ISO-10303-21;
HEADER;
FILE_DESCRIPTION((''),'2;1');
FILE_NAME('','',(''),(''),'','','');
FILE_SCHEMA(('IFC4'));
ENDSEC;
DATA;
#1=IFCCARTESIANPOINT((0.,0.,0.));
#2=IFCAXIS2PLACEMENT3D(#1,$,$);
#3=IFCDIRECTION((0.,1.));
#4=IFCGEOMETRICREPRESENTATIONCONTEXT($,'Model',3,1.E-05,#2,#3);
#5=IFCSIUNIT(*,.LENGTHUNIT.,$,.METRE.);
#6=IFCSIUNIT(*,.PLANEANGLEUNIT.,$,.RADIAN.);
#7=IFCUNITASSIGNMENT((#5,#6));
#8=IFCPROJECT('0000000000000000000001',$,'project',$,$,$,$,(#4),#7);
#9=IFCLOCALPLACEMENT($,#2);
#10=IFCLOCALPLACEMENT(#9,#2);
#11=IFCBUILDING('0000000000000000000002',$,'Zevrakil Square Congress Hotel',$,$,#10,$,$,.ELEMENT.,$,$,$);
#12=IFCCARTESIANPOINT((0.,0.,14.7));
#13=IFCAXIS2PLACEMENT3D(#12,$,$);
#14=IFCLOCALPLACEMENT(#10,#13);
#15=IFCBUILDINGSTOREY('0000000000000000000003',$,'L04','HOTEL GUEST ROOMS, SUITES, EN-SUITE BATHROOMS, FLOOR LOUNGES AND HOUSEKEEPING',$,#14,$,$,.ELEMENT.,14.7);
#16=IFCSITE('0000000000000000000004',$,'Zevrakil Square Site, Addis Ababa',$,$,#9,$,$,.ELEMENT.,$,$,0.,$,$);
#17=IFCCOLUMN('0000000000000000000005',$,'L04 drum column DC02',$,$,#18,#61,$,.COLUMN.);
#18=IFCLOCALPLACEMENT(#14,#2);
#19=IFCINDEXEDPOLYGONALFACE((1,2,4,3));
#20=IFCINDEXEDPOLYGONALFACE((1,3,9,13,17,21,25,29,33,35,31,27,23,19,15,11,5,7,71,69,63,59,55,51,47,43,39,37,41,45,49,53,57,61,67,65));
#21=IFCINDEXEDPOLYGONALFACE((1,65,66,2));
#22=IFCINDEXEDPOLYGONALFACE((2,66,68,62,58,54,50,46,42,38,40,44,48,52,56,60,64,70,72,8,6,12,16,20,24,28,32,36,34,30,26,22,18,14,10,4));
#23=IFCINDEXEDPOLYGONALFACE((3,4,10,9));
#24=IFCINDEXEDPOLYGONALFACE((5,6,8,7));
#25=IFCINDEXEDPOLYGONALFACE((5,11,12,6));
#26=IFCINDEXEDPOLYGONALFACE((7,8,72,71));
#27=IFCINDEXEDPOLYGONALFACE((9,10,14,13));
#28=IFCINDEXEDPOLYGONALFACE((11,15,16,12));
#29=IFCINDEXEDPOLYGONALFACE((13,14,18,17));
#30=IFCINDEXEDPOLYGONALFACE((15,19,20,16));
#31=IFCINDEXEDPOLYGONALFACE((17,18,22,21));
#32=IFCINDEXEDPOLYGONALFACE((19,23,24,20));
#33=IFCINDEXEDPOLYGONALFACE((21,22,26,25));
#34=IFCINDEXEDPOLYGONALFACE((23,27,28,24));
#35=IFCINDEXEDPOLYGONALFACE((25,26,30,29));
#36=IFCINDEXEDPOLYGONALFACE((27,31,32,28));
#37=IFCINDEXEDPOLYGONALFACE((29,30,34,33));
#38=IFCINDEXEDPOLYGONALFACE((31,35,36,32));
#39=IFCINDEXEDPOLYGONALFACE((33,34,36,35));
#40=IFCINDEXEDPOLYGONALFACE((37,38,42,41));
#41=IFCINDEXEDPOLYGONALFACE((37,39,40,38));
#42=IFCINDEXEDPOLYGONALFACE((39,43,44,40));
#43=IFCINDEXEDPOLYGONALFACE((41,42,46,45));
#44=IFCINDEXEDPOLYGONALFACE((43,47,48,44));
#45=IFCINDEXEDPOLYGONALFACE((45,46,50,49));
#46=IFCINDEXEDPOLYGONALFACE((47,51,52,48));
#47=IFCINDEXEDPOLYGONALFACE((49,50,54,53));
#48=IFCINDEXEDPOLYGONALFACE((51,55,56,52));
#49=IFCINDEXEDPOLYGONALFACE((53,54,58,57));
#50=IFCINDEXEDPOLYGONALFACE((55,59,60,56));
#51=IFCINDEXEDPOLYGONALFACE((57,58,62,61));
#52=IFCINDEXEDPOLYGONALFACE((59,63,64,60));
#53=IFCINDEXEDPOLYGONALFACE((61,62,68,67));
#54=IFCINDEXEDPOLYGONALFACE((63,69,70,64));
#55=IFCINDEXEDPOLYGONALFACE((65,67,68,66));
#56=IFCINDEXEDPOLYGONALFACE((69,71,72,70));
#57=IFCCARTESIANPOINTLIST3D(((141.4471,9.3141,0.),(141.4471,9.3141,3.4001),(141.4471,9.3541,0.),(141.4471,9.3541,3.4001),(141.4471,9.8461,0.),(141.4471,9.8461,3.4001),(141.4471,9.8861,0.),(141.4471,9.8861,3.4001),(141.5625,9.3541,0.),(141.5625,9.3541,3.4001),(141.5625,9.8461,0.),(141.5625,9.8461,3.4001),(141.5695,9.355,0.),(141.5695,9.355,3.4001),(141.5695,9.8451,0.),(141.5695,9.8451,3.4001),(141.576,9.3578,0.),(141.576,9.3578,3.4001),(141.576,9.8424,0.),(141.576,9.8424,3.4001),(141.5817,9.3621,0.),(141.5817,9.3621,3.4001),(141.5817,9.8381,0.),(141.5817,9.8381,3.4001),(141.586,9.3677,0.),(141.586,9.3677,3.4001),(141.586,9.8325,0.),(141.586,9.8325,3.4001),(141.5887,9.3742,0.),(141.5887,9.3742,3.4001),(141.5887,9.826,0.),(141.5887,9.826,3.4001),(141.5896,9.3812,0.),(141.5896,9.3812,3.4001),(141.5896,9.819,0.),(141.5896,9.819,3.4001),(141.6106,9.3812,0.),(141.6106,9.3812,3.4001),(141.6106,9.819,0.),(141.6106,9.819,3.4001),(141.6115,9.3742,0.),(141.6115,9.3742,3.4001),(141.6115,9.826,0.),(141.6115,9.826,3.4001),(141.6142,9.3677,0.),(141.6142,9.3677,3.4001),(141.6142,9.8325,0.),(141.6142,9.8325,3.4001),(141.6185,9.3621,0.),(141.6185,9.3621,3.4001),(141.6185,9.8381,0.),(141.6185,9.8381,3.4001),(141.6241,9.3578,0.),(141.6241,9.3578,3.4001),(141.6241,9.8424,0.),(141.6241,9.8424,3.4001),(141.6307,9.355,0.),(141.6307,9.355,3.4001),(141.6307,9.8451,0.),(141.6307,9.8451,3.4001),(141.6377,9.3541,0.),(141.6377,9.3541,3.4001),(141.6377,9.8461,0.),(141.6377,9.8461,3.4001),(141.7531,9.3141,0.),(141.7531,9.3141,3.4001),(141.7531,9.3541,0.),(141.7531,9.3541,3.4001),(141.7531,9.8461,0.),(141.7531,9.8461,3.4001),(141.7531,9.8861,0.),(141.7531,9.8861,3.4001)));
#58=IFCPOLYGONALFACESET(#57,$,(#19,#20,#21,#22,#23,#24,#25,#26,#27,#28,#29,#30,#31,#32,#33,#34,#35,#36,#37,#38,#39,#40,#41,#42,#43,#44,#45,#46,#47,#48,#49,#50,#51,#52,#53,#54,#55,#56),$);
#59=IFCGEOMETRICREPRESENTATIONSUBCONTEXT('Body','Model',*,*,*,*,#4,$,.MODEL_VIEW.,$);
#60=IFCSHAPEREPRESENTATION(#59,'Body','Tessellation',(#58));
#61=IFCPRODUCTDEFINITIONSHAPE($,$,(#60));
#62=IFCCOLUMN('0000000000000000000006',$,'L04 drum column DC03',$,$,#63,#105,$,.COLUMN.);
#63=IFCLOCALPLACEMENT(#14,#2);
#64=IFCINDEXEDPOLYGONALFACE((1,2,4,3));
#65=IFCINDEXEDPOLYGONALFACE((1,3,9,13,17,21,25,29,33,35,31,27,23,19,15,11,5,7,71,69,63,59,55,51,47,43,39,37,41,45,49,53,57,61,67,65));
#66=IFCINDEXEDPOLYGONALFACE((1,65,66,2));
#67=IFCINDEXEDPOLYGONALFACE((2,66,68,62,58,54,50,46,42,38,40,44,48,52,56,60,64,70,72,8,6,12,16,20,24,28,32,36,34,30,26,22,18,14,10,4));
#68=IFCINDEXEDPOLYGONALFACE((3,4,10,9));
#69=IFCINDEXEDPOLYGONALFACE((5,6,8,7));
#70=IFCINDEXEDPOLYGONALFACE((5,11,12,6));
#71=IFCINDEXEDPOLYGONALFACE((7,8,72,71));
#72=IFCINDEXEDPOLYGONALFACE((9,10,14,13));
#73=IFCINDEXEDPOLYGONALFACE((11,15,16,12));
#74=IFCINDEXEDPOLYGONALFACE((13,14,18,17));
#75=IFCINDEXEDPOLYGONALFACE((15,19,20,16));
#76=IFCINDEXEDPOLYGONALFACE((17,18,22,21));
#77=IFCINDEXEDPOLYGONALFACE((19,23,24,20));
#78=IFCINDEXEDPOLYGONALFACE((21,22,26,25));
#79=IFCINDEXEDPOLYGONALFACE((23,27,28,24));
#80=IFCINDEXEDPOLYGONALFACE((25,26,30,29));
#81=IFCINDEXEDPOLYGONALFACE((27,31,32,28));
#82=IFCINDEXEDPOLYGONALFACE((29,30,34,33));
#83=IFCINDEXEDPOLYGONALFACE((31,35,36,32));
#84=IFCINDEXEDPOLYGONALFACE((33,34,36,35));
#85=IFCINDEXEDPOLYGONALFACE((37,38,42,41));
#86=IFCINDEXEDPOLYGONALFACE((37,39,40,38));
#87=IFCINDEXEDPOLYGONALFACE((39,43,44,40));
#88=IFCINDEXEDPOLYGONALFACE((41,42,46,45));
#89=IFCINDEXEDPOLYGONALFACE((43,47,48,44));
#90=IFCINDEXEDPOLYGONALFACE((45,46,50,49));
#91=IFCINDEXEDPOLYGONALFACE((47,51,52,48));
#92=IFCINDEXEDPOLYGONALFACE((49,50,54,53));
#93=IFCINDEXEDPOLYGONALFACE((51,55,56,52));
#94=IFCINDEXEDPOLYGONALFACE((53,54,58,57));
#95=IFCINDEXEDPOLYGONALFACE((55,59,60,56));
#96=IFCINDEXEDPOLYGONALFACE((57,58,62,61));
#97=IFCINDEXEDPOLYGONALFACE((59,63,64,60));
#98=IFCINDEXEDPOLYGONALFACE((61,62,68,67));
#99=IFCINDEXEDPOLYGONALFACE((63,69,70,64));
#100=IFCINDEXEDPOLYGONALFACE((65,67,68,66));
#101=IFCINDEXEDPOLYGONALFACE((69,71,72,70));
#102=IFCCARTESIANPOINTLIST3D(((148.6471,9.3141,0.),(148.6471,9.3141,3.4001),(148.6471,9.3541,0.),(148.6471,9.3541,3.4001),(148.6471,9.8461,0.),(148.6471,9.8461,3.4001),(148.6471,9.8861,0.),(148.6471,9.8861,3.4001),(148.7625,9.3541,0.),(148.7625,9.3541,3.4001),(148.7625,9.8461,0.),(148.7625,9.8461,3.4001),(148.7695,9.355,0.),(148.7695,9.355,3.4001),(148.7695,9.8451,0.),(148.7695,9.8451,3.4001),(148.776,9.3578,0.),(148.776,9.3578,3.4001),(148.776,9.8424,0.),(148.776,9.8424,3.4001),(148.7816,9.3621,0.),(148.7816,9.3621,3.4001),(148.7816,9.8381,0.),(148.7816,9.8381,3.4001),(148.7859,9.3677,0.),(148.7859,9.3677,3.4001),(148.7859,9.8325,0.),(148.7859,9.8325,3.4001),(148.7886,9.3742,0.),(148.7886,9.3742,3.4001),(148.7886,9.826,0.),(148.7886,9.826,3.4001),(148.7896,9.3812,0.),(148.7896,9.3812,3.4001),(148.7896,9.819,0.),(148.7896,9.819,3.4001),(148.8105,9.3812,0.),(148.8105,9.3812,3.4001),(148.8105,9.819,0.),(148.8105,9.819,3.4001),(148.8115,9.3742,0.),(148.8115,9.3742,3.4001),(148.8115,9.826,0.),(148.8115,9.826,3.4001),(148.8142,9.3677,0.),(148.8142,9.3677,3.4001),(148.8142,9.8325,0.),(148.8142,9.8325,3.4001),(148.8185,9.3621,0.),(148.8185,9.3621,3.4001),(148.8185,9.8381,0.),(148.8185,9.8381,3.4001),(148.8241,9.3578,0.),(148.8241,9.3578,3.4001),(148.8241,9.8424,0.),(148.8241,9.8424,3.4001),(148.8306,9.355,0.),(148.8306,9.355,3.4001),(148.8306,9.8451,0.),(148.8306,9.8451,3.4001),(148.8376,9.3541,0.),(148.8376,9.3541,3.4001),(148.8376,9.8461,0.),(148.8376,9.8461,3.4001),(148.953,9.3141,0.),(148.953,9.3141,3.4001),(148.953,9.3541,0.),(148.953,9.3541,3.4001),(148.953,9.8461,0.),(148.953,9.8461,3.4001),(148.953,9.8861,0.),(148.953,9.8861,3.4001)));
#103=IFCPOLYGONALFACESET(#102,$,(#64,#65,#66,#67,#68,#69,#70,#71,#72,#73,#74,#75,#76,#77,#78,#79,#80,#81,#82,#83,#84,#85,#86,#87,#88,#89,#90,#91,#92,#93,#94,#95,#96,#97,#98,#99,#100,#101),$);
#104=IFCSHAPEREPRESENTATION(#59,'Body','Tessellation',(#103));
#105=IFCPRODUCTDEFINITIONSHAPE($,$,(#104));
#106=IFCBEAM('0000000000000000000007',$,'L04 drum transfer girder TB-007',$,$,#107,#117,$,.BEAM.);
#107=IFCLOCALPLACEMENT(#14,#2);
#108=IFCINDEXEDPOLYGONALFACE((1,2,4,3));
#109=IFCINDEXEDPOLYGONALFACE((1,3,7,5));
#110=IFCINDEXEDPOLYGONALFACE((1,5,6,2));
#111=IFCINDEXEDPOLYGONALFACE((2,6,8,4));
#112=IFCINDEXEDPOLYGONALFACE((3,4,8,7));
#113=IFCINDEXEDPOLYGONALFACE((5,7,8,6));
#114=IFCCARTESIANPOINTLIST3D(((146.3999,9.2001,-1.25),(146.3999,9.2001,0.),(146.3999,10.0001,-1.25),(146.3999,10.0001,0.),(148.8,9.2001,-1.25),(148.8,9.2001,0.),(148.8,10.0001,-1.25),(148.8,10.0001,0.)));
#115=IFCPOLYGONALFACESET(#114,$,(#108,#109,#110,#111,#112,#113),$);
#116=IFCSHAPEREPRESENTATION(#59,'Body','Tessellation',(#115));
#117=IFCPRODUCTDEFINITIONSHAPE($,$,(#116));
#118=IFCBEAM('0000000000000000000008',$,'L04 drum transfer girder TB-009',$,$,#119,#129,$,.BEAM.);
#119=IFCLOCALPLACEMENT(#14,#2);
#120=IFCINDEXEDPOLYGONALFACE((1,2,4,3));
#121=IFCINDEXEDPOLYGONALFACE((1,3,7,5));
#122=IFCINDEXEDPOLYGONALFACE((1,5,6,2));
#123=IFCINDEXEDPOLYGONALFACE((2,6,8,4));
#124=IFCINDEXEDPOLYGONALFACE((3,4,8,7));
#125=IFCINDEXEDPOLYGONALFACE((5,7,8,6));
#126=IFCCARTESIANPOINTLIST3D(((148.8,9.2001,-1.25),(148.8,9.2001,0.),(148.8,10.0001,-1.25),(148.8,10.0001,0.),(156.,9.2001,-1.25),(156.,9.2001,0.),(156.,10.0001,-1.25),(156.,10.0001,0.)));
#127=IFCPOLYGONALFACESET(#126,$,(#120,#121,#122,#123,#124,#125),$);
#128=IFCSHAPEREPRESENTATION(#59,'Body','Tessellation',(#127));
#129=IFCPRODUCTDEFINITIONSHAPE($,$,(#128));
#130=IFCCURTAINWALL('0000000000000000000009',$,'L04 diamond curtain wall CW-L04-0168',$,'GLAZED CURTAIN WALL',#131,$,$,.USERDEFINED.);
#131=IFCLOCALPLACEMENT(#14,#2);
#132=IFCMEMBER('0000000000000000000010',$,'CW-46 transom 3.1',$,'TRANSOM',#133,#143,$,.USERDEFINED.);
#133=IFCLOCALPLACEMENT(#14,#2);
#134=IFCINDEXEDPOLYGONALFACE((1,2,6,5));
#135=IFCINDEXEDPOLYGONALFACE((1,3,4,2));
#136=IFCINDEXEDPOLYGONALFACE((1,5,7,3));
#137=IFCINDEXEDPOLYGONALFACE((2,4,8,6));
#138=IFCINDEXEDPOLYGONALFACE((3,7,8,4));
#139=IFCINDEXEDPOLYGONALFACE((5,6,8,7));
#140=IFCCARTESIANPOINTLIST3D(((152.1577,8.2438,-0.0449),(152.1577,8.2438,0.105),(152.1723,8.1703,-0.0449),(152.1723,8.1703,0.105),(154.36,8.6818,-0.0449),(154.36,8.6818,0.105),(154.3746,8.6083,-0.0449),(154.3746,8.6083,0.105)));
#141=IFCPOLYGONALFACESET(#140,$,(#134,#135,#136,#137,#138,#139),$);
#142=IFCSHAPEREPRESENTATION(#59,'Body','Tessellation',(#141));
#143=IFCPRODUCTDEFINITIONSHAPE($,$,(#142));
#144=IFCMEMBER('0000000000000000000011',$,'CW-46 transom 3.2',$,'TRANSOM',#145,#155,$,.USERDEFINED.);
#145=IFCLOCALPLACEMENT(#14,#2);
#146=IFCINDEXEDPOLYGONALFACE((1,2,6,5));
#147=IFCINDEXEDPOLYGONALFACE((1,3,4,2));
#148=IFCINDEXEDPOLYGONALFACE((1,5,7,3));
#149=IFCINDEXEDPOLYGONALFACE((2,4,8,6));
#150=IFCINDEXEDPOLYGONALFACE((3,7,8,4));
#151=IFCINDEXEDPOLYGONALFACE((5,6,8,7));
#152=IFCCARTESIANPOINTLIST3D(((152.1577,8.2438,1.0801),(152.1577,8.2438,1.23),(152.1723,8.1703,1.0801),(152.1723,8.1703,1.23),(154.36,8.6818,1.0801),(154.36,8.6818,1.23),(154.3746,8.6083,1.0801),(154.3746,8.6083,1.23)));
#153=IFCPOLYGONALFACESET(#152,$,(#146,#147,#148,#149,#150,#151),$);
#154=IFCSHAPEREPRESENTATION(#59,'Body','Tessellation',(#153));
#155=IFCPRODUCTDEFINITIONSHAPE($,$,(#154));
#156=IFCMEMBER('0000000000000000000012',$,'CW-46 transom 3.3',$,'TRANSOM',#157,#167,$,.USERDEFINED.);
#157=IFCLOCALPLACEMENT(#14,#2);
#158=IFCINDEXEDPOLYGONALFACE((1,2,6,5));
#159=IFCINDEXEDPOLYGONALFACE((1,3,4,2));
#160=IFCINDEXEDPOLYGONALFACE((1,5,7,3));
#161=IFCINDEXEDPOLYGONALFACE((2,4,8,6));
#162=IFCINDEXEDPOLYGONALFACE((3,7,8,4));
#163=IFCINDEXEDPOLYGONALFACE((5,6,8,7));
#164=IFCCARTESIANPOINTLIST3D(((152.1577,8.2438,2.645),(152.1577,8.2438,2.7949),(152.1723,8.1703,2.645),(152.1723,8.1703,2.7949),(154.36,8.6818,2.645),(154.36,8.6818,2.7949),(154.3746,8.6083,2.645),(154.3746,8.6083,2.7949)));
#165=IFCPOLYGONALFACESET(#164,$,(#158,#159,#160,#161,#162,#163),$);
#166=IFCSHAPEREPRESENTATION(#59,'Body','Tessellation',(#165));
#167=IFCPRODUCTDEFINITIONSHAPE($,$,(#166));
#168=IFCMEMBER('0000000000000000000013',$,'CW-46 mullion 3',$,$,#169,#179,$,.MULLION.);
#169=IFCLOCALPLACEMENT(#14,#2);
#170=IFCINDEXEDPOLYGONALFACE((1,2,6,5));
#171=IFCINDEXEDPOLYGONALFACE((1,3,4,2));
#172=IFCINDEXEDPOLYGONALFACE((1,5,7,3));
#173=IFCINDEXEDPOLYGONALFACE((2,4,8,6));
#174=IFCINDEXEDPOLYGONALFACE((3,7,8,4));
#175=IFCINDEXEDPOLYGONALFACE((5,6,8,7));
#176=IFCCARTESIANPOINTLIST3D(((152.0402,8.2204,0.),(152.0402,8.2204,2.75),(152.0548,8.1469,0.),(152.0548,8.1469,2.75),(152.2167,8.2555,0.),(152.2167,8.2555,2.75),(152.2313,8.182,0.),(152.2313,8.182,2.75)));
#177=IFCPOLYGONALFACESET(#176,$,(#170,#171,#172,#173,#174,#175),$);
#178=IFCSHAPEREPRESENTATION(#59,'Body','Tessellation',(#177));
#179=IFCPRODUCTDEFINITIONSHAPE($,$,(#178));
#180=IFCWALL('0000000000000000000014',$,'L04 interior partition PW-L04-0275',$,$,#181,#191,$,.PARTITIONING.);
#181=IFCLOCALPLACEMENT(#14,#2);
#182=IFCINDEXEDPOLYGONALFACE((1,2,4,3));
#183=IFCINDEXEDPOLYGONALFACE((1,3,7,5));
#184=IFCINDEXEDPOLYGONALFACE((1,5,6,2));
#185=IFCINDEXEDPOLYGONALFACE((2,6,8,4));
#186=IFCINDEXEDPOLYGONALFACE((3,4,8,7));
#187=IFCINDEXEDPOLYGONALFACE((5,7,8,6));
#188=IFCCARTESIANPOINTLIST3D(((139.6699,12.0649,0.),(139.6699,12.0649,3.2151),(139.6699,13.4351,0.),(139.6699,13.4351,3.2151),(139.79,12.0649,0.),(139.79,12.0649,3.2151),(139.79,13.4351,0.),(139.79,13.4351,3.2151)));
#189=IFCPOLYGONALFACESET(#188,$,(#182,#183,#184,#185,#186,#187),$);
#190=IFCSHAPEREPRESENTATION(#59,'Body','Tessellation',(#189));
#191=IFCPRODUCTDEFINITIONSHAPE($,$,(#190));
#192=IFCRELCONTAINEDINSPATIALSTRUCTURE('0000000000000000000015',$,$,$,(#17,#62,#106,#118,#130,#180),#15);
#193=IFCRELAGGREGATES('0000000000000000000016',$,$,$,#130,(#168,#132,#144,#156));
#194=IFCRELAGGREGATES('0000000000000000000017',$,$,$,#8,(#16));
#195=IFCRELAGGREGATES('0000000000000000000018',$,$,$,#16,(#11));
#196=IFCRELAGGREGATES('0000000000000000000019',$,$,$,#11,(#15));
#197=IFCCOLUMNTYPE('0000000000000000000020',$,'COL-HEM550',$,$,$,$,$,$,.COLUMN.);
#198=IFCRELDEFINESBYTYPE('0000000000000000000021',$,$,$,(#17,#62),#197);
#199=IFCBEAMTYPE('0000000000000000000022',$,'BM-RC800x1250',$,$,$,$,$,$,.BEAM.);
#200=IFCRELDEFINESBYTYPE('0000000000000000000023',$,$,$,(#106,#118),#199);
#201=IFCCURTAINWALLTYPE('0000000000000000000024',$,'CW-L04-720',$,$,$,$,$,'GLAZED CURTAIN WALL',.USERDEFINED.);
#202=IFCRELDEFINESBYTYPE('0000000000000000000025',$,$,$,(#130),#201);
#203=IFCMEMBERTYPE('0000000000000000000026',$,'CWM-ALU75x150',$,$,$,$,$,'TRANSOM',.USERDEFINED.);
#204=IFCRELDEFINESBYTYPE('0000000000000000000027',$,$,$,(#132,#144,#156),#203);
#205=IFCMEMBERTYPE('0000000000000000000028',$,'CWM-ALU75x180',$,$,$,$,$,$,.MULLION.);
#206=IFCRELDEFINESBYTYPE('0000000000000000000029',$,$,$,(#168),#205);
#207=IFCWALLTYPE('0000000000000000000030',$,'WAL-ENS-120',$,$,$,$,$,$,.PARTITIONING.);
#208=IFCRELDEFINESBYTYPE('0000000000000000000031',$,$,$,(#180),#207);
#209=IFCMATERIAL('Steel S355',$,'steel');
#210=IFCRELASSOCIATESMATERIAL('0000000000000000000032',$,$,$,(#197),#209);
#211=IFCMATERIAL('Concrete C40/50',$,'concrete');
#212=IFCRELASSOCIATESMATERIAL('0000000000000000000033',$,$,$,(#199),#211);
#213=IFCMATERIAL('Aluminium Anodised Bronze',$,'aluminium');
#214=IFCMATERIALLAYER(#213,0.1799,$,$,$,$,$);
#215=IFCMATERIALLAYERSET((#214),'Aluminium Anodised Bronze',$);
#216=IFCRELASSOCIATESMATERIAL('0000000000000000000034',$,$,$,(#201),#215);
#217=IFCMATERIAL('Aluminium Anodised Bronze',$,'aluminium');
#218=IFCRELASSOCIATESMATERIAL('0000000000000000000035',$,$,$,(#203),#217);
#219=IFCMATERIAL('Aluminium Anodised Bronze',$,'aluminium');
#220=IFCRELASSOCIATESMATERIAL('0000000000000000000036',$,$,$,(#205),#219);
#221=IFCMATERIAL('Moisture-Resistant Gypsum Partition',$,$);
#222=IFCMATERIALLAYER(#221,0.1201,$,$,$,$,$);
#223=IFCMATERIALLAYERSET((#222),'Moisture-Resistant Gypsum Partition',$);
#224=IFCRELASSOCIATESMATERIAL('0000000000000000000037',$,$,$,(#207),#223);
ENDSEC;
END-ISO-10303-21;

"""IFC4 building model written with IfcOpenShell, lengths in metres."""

from ifc_helpers import new_model, si_unit, direction, frame, frame_2d, origin, origin_2d, place, context, subcontext, project, spatial, rectangle, i_section, extrude, material, layer, layer_set, material_profile, profile_set, type_object, element, aggregate, save


model = new_model("IFC4")

# Units and contexts
model_context = context("Model", 3, precision=1e-05, world=origin(), true_north=direction((0.0, 1.0)))
body_context = subcontext(model_context, "Body", "Model", "MODEL_VIEW")
ifc_project = project(units=[si_unit("LENGTHUNIT", "METRE"), si_unit("PLANEANGLEUNIT", "RADIAN")], contexts=[model_context])

# Site, building, storey
site_placement = place(None, origin())
site = spatial("IfcSite", under=ifc_project, at=site_placement, Name="Zevrakil Square Site, Addis Ababa", CompositionType="ELEMENT", RefElevation=0.0)
building_placement = place(site_placement, origin())
building = spatial("IfcBuilding", under=site, at=building_placement, Name="Zevrakil Square Congress Hotel", CompositionType="ELEMENT")
storey_placement = place(building_placement, frame((0.0, 0.0, 14.7)))
storey = spatial("IfcBuildingStorey", under=building, at=storey_placement, Name="L04", Description="HOTEL GUEST ROOMS, SUITES, EN-SUITE BATHROOMS, FLOOR LOUNGES AND HOUSEKEEPING", CompositionType="ELEMENT", Elevation=14.7)

# Columns
ifc_material_1 = material(Name="Steel S355", Category="steel")
ifc_material_profile_1 = material_profile(ifc_material_1, i_section(OverallWidth=0.3059, OverallDepth=0.572, WebThickness=0.021, FlangeThickness=0.04, FilletRadius=0.0271, at=origin_2d()), Name="HEM 550")
ifc_profile_set_1 = profile_set([ifc_material_profile_1], Name="Steel S355")
column_type = type_object("IfcColumnType", Name="COL-HEM550", PredefinedType="COLUMN", material=ifc_profile_set_1)
for number, where, z_axis, x_axis, name in (
    (1, (141.6001, 9.6001, 0.0), (0.0, 0.0, 1.0), (1.0, 0.0, 0.0), "L04 drum column DC02"),
    (2, (148.8, 9.6001, 0.0), (0.0, 0.0, 1.0), (1.0, 0.0, 0.0), "L04 drum column DC03"),
):
    element("IfcColumn", number, at=place(storey_placement, frame(where, z_axis=z_axis, x_axis=x_axis)), inside=storey, type_object=column_type, Name=name, PredefinedType="COLUMN", context=body_context, shape_type="SweptSolid", body=[
        extrude(i_section(OverallWidth=0.3059, OverallDepth=0.572, WebThickness=0.021, FlangeThickness=0.04, FilletRadius=0.0271, at=origin_2d()), origin(), (0.0, 0.0, 1.0), 3.4001),
    ])

# Beams
ifc_material_2 = material(Name="Concrete C40/50", Category="concrete")
ifc_material_profile_2 = material_profile(ifc_material_2, rectangle(XDim=0.8, YDim=1.25, at=origin_2d()), Name="RC 800x1250")
ifc_profile_set_2 = profile_set([ifc_material_profile_2], Name="Concrete C40/50")
beam_type = type_object("IfcBeamType", Name="BM-RC800x1250", PredefinedType="BEAM", material=ifc_profile_set_2)
beam_1_placement = place(storey_placement, frame((146.3999, 9.6001, -0.625), z_axis=(1.0, 0.0, 0.0), x_axis=(0.0, 1.0, 0.0)))
element("IfcBeam", 3, at=beam_1_placement, inside=storey, type_object=beam_type, Name="L04 drum transfer girder TB-007", PredefinedType="BEAM", context=body_context, shape_type="SweptSolid", body=[
    extrude(rectangle(XDim=0.8, YDim=1.25, at=origin_2d()), origin(), (0.0, 0.0, 1.0), 2.4001),
])
beam_2_placement = place(storey_placement, frame((148.8, 9.6001, -0.625), z_axis=(1.0, 0.0, 0.0), x_axis=(0.0, 1.0, 0.0)))
element("IfcBeam", 4, at=beam_2_placement, inside=storey, type_object=beam_type, Name="L04 drum transfer girder TB-009", PredefinedType="BEAM", context=body_context, shape_type="SweptSolid", body=[
    extrude(rectangle(XDim=0.8, YDim=1.25, at=origin_2d()), origin(), (0.0, 0.0, 1.0), 7.2),
])

# Curtain wall, members
ifc_material_3 = material(Name="Aluminium Anodised Bronze", Category="aluminium")
ifc_layer_1 = layer(ifc_material_3, 0.1799)
ifc_layer_set_1 = layer_set([ifc_layer_1], Name="Aluminium Anodised Bronze")
curtain_wall_type = type_object("IfcCurtainWallType", Name="CW-L04-720", ElementType="GLAZED CURTAIN WALL", PredefinedType="USERDEFINED", material=ifc_layer_set_1)
curtain_wall_placement = place(storey_placement, origin())
curtain_wall = element("IfcCurtainWall", 5, at=curtain_wall_placement, inside=storey, type_object=curtain_wall_type, Name="L04 diamond curtain wall CW-L04-0168", ObjectType="GLAZED CURTAIN WALL", PredefinedType="USERDEFINED")
ifc_material_4 = material(Name="Aluminium Anodised Bronze", Category="aluminium")
ifc_material_profile_3 = material_profile(ifc_material_4, rectangle(XDim=0.075, YDim=0.1499, at=origin_2d()), Name="ALU 75x150")
ifc_profile_set_3 = profile_set([ifc_material_profile_3], Name="Aluminium Anodised Bronze")
member_type_1 = type_object("IfcMemberType", Name="CWM-ALU75x150", ElementType="TRANSOM", PredefinedType="USERDEFINED", material=ifc_profile_set_3)
member_1_placement = place(storey_placement, frame((152.165, 8.207, 0.03), z_axis=(0.980789, 0.19507, 0.0), x_axis=(-0.19507, 0.980789, 0.0)))
member_1 = element("IfcMember", 6, at=member_1_placement, type_object=member_type_1, Name="CW-46 transom 3.1", ObjectType="TRANSOM", PredefinedType="USERDEFINED", context=body_context, shape_type="SweptSolid", body=[
    extrude(rectangle(XDim=0.075, YDim=0.1499, at=origin_2d()), origin(), (0.0, 0.0, 1.0), 2.2454),
])
member_2_placement = place(storey_placement, frame((152.165, 8.207, 1.155), z_axis=(0.980789, 0.19507, 0.0), x_axis=(-0.19507, 0.980789, 0.0)))
member_2 = element("IfcMember", 7, at=member_2_placement, type_object=member_type_1, Name="CW-46 transom 3.2", ObjectType="TRANSOM", PredefinedType="USERDEFINED", context=body_context, shape_type="SweptSolid", body=[
    extrude(rectangle(XDim=0.075, YDim=0.1499, at=origin_2d()), origin(), (0.0, 0.0, 1.0), 2.2454),
])
member_3_placement = place(storey_placement, frame((152.165, 8.207, 2.72), z_axis=(0.980789, 0.19507, 0.0), x_axis=(-0.19507, 0.980789, 0.0)))
member_3 = element("IfcMember", 8, at=member_3_placement, type_object=member_type_1, Name="CW-46 transom 3.3", ObjectType="TRANSOM", PredefinedType="USERDEFINED", context=body_context, shape_type="SweptSolid", body=[
    extrude(rectangle(XDim=0.075, YDim=0.1499, at=origin_2d()), origin(), (0.0, 0.0, 1.0), 2.2454),
])
ifc_material_5 = material(Name="Aluminium Anodised Bronze", Category="aluminium")
ifc_material_profile_4 = material_profile(ifc_material_5, rectangle(XDim=0.075, YDim=0.1799, at=origin_2d()), Name="ALU 75x180")
ifc_profile_set_4 = profile_set([ifc_material_profile_4], Name="Aluminium Anodised Bronze")
member_type_2 = type_object("IfcMemberType", Name="CWM-ALU75x180", PredefinedType="MULLION", material=ifc_profile_set_4)
member_4_placement = place(storey_placement, frame((152.1357, 8.2012, 0.0), z_axis=(0.0, 0.0, 1.0), x_axis=(-0.195084, 0.980787, 0.0)))
member_4 = element("IfcMember", 9, at=member_4_placement, type_object=member_type_2, Name="CW-46 mullion 3", PredefinedType="MULLION", context=body_context, shape_type="SweptSolid", body=[
    extrude(rectangle(XDim=0.075, YDim=0.1799, at=origin_2d()), origin(), (0.0, 0.0, 1.0), 2.75),
])
aggregate(curtain_wall, [member_4, member_1, member_2, member_3])

# Wall
ifc_material_6 = material(Name="Moisture-Resistant Gypsum Partition")
ifc_layer_2 = layer(ifc_material_6, 0.1201)
ifc_layer_set_2 = layer_set([ifc_layer_2], Name="Moisture-Resistant Gypsum Partition")
wall_type = type_object("IfcWallType", Name="WAL-ENS-120", PredefinedType="PARTITIONING", material=ifc_layer_set_2)
wall_1_placement = place(storey_placement, frame((139.73, 12.0649, 0.0), z_axis=(0.0, 0.0, 1.0), x_axis=(0.0, 1.0, 0.0)))
element("IfcWall", 10, at=wall_1_placement, inside=storey, type_object=wall_type, Name="L04 interior partition PW-L04-0275", PredefinedType="PARTITIONING", context=body_context, shape_type="SweptSolid", body=[
    extrude(rectangle(XDim=1.3701, YDim=0.1201, at=frame_2d((0.6851, 0.0))), origin(), (0.0, 0.0, 1.0), 3.2151),
])

save(model, "model.ifc")
